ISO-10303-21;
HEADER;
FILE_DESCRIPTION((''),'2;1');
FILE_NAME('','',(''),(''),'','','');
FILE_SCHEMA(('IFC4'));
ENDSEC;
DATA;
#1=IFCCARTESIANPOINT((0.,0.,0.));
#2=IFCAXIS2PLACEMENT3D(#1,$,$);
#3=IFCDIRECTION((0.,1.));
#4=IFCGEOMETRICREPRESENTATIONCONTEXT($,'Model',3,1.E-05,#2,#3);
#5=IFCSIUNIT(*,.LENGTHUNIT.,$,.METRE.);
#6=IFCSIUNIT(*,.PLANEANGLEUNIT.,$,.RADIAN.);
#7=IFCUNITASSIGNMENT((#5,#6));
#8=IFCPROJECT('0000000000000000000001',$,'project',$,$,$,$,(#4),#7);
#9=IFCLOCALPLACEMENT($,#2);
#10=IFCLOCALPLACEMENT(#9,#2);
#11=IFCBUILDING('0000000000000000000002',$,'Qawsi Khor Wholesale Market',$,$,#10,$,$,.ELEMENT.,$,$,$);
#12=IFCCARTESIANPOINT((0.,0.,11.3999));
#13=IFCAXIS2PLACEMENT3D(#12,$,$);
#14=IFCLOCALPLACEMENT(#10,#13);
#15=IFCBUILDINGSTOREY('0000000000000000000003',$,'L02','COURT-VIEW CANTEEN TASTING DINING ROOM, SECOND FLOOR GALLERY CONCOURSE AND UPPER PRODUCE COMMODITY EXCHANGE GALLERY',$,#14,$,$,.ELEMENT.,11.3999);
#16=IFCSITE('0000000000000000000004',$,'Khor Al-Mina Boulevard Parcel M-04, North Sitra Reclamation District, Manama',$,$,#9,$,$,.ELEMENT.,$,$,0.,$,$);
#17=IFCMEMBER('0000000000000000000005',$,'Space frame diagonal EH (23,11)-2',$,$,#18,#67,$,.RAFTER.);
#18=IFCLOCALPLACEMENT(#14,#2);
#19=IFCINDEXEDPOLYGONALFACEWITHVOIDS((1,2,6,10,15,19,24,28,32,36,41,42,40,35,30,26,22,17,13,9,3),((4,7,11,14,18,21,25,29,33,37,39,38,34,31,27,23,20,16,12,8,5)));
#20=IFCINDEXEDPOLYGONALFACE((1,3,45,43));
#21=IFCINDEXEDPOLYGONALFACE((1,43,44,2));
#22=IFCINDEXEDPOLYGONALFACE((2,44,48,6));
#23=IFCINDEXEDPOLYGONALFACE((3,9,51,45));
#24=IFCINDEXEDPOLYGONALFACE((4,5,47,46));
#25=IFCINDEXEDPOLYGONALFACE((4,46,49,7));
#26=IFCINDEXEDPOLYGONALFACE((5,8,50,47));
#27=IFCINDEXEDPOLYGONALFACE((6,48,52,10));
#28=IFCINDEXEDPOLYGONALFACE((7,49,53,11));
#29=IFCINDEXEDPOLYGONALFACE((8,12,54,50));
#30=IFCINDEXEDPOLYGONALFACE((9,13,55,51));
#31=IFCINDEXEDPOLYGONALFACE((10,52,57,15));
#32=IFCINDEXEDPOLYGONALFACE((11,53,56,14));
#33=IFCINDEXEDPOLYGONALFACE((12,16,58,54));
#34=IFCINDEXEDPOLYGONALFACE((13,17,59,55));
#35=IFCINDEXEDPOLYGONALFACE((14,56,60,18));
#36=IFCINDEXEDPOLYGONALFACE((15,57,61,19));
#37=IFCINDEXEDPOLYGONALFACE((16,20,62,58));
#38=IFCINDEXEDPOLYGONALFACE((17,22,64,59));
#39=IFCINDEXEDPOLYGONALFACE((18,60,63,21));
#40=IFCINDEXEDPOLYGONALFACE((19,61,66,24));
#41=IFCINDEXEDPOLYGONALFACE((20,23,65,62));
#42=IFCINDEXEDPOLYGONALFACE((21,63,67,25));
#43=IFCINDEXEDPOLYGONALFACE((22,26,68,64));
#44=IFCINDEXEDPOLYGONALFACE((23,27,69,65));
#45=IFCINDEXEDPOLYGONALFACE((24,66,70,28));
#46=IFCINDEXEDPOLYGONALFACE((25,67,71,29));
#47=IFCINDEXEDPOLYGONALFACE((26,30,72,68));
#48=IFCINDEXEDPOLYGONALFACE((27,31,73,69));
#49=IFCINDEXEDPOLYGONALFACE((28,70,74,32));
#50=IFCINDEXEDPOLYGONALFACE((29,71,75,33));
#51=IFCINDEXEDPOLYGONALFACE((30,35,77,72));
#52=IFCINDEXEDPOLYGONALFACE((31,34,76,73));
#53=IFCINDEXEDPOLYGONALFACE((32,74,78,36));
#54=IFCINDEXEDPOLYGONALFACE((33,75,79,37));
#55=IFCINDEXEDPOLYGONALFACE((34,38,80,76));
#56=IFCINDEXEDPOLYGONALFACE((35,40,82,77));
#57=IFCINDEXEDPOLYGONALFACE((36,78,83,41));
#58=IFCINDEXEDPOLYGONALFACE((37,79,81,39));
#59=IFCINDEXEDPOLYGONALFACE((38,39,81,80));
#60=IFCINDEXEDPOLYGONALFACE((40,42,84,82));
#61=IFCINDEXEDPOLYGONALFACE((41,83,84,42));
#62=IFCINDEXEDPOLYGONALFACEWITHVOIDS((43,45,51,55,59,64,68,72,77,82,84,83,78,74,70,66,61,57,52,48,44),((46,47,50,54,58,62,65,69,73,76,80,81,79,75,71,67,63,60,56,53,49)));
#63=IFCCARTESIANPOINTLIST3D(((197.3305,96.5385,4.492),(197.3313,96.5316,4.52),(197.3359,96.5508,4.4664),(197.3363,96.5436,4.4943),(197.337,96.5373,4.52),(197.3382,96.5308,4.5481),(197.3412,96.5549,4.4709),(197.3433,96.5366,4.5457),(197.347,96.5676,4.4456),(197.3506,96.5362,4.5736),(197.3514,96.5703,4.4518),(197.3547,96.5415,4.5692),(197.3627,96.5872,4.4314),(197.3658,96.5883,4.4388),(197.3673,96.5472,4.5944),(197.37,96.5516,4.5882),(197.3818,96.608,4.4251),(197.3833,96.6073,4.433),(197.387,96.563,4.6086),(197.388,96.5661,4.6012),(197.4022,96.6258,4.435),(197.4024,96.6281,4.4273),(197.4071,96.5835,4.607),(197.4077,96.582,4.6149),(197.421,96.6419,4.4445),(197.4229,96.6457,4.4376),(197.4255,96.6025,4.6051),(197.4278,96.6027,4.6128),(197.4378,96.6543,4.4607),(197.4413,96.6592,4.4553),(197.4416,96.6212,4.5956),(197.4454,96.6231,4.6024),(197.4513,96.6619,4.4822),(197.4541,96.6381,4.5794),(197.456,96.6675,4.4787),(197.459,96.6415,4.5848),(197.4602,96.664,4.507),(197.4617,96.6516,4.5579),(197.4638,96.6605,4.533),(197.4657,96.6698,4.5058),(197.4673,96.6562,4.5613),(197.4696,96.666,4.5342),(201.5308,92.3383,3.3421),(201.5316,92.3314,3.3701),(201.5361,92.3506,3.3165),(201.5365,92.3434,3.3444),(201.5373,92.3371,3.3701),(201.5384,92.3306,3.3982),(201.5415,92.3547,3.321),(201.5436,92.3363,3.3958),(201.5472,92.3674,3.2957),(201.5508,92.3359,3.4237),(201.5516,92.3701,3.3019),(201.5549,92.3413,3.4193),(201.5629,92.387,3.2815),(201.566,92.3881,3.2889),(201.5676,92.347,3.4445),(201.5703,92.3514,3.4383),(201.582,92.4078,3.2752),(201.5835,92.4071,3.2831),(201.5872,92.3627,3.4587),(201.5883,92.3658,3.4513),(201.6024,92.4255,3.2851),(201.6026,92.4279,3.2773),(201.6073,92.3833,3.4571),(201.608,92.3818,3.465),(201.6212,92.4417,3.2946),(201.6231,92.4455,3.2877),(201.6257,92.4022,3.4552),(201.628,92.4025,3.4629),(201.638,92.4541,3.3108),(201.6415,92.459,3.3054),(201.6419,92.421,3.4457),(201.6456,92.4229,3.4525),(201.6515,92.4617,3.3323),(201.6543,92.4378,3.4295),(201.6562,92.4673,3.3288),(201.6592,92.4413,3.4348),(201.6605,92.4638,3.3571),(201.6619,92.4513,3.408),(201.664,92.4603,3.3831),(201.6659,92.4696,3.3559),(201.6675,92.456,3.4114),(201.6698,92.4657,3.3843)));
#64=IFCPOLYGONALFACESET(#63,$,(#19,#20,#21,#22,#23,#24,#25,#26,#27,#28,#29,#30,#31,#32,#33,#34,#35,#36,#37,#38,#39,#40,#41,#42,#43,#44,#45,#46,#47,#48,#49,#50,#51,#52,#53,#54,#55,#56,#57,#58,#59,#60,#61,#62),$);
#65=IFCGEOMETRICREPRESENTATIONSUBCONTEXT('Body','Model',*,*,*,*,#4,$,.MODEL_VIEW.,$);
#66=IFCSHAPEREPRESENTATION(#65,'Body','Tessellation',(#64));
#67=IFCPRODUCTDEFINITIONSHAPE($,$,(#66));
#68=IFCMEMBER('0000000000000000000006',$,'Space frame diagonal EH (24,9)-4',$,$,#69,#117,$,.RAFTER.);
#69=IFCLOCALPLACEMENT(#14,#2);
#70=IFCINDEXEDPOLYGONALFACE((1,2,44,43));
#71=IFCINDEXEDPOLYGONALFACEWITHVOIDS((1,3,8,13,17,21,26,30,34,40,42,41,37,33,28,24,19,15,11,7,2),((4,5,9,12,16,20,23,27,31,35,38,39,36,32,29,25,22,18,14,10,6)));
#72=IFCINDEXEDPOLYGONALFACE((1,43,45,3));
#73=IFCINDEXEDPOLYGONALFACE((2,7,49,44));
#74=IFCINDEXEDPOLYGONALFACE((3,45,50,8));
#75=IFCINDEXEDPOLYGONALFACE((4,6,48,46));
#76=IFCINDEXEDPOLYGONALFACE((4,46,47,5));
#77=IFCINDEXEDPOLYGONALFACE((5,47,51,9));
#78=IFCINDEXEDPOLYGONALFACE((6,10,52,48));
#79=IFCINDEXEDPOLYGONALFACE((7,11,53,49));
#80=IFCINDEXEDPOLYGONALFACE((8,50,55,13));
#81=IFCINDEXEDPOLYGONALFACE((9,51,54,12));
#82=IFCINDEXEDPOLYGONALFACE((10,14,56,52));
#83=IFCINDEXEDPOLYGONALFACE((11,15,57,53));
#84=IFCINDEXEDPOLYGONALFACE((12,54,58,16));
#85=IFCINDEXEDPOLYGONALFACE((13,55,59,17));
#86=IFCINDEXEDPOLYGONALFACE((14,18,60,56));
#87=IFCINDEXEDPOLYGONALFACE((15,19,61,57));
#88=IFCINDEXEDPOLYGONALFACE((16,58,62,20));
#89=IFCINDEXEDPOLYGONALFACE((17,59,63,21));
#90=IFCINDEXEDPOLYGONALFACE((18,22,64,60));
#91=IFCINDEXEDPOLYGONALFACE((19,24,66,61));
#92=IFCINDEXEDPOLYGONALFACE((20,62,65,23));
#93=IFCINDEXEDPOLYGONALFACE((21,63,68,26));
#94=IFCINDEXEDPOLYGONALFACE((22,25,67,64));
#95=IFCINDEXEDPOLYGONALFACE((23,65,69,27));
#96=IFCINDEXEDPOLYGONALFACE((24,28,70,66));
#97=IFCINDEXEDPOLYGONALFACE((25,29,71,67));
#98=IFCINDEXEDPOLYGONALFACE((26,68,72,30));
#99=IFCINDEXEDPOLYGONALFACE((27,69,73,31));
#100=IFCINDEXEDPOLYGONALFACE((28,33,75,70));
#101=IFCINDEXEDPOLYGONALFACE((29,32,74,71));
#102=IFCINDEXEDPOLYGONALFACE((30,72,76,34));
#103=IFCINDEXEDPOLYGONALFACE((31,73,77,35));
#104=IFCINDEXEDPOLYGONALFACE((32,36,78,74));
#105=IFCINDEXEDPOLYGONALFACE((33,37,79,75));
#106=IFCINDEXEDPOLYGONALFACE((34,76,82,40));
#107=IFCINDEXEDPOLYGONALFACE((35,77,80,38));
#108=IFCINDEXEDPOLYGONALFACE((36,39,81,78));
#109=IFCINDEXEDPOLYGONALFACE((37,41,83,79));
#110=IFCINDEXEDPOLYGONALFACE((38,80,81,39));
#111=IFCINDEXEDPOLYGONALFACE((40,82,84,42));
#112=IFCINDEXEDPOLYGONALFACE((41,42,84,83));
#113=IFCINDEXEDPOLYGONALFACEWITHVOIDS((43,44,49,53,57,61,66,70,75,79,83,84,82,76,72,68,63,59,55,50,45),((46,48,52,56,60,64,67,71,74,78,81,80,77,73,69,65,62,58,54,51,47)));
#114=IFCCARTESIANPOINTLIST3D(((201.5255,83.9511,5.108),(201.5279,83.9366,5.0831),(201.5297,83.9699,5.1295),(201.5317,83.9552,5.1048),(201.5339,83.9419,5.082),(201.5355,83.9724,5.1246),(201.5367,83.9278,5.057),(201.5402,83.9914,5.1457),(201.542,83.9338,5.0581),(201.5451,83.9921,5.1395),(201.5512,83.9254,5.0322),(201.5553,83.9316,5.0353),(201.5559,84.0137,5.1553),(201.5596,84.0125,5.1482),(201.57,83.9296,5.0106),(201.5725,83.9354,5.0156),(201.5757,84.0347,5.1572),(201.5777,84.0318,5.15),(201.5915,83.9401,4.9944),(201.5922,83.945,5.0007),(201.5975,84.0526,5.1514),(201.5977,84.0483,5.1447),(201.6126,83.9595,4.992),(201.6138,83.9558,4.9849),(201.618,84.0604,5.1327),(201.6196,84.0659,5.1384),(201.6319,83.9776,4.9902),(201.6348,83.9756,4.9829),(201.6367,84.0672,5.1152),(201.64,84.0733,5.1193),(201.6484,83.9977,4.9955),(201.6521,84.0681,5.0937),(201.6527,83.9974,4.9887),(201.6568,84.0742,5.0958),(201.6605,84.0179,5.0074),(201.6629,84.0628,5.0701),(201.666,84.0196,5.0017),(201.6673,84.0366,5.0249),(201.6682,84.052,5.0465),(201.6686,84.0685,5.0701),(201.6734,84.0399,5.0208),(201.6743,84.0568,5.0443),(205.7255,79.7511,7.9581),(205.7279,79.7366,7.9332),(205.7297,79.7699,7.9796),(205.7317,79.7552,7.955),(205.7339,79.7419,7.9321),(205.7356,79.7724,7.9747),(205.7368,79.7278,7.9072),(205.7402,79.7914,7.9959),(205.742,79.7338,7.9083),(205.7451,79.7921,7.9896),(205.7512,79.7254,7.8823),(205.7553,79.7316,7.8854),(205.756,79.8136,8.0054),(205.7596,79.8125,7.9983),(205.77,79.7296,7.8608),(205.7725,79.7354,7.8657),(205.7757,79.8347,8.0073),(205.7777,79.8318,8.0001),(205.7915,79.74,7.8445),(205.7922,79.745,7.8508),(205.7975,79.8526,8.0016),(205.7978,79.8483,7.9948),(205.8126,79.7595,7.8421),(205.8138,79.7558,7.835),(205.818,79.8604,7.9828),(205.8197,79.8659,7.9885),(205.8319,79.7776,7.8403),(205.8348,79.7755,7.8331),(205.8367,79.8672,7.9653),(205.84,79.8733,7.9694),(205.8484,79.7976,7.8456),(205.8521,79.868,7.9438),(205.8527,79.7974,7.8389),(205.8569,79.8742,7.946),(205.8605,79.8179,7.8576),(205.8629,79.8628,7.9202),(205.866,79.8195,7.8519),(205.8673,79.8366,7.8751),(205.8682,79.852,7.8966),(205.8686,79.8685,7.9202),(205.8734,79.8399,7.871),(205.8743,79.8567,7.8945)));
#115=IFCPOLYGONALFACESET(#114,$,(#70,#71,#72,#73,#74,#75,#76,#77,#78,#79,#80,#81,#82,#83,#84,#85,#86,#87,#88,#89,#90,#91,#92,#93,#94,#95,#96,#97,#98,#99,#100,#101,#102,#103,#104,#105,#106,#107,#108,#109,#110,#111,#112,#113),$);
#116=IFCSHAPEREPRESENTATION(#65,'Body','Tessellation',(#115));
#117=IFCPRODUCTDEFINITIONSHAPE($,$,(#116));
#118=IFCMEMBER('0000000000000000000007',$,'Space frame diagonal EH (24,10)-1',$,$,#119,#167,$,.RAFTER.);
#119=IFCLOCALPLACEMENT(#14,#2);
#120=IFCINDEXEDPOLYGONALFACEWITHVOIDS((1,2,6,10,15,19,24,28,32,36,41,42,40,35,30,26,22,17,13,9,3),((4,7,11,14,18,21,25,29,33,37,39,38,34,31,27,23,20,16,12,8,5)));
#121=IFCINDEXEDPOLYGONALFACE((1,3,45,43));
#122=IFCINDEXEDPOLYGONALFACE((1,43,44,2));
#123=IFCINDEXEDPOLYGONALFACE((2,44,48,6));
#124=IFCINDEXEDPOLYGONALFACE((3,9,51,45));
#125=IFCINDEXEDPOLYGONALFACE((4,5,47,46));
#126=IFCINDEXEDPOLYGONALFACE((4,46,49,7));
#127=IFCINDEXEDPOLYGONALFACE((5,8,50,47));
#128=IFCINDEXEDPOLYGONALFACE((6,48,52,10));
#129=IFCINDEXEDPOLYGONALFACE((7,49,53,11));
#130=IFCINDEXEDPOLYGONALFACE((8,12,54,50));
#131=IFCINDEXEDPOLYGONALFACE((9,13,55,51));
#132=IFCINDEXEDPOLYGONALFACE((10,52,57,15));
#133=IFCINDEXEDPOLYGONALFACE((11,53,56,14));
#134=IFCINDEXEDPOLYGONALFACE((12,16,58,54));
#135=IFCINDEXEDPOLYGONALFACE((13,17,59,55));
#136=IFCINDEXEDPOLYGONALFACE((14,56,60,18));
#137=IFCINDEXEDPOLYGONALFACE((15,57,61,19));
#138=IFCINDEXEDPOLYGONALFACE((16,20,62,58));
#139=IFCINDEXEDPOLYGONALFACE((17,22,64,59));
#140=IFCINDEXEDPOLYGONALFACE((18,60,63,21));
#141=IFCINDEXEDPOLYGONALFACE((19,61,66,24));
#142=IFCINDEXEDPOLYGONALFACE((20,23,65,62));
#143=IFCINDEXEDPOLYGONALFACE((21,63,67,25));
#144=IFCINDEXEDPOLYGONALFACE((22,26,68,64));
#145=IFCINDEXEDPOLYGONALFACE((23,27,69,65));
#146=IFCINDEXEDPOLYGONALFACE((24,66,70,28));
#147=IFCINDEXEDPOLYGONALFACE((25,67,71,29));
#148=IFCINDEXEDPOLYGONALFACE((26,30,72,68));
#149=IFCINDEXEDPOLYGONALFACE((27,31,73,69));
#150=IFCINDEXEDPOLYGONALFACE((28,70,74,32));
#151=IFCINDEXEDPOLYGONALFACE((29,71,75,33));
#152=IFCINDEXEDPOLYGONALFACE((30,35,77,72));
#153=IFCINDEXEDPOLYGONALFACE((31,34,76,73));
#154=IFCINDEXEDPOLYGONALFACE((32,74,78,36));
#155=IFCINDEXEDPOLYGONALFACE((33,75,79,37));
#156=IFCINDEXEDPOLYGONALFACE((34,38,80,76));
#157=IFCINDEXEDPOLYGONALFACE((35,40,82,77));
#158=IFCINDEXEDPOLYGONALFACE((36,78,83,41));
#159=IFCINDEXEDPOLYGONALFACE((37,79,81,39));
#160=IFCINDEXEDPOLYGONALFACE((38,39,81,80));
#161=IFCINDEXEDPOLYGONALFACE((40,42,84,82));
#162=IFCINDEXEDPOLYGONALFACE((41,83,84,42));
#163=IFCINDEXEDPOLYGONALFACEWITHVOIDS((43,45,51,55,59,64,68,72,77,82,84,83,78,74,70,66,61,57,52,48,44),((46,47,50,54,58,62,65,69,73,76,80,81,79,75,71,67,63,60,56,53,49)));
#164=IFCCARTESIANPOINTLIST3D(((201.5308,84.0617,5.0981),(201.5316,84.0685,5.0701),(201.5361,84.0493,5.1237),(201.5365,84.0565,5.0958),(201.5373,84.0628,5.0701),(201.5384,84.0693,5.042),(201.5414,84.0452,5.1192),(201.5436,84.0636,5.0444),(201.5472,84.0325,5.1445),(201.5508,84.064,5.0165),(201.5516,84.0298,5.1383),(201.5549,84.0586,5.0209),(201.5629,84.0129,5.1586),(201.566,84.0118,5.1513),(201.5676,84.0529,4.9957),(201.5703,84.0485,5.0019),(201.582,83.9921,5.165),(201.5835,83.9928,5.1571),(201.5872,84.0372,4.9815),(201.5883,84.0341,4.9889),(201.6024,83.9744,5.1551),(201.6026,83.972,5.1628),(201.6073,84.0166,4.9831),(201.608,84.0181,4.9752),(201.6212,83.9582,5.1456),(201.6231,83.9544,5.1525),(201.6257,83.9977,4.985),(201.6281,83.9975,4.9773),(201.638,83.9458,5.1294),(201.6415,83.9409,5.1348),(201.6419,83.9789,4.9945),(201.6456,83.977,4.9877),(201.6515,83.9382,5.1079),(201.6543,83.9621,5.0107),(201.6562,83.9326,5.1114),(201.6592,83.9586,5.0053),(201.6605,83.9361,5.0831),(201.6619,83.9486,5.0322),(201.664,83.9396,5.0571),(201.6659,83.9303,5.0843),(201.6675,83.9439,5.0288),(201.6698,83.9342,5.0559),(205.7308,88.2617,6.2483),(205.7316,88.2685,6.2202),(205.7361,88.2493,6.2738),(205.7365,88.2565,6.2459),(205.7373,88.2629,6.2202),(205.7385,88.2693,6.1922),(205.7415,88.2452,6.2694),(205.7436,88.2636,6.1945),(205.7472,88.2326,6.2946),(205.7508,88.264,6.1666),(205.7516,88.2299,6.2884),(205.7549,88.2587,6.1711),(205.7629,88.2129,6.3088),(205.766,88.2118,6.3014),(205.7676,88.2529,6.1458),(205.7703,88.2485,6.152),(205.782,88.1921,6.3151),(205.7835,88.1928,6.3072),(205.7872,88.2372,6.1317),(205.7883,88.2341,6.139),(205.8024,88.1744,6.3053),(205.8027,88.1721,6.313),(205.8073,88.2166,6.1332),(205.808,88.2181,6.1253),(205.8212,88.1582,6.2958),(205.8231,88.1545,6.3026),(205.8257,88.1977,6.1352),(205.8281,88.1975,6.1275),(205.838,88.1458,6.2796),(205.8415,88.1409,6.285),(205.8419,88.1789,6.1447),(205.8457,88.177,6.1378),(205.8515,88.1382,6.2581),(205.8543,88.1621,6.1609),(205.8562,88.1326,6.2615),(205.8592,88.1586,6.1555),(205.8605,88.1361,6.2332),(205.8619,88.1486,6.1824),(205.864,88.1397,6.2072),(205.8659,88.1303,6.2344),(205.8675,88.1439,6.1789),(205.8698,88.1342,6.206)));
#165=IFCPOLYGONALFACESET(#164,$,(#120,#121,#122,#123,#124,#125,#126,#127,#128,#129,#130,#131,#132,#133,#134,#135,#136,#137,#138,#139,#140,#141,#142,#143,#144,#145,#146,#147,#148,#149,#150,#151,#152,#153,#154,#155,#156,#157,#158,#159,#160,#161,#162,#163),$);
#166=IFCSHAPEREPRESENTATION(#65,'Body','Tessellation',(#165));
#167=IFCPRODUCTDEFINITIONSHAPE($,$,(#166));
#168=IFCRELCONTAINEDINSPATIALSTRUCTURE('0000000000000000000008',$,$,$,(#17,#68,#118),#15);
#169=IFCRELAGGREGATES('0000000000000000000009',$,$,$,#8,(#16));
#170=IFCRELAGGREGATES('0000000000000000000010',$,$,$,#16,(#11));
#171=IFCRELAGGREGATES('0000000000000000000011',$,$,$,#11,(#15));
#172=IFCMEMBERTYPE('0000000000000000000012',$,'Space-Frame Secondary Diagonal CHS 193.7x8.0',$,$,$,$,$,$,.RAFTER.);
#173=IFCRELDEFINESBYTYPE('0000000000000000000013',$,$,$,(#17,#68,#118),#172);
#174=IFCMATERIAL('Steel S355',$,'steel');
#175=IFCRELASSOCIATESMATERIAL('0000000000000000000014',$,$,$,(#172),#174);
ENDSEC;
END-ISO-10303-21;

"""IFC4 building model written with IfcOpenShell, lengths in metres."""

from ifc_helpers import new_model, si_unit, direction, frame, origin, origin_2d, place, context, subcontext, project, spatial, hollow_circle, extrude, material, material_profile, profile_set, type_object, element, save


model = new_model("IFC4")

# Units and contexts
model_context = context("Model", 3, precision=1e-05, world=origin(), true_north=direction((0.0, 1.0)))
body_context = subcontext(model_context, "Body", "Model", "MODEL_VIEW")
ifc_project = project(units=[si_unit("LENGTHUNIT", "METRE"), si_unit("PLANEANGLEUNIT", "RADIAN")], contexts=[model_context])

# Site, building, storey
site_placement = place(None, origin())
site = spatial("IfcSite", under=ifc_project, at=site_placement, Name="Khor Al-Mina Boulevard Parcel M-04, North Sitra Reclamation District, Manama", CompositionType="ELEMENT", RefElevation=0.0)
building_placement = place(site_placement, origin())
building = spatial("IfcBuilding", under=site, at=building_placement, Name="Qawsi Khor Wholesale Market", CompositionType="ELEMENT")
storey_placement = place(building_placement, frame((0.0, 0.0, 11.3999)))
storey = spatial("IfcBuildingStorey", under=building, at=storey_placement, Name="L02", Description="COURT-VIEW CANTEEN TASTING DINING ROOM, SECOND FLOOR GALLERY CONCOURSE AND UPPER PRODUCE COMMODITY EXCHANGE GALLERY", CompositionType="ELEMENT", Elevation=11.3999)

# Members
ifc_material_1 = material(Name="Steel S355", Category="steel")
ifc_material_profile_1 = material_profile(ifc_material_1, hollow_circle(Radius=0.0969, WallThickness=0.0081, at=origin_2d()), Name="CHS 193.7x8.0")
ifc_profile_set_1 = profile_set([ifc_material_profile_1], Name="Steel S355")
member_type_1 = type_object("IfcMemberType", Name="Space-Frame Secondary Diagonal CHS 193.7x8.0", PredefinedType="RAFTER", material=ifc_profile_set_1)
member_1_placement = place(storey_placement, frame((201.6001, 92.3999, 3.3701), z_axis=(-0.694218, 0.694218, 0.190059), x_axis=(-0.707107, -0.707107, 0.0)))
element("IfcMember", 1, at=member_1_placement, inside=storey, type_object=member_type_1, Name="Space frame diagonal EH (23,11)-2", PredefinedType="RAFTER", context=body_context, shape_type="SweptSolid", body=[
    extrude(hollow_circle(Radius=0.0969, WallThickness=0.0081, at=origin_2d()), origin(), (0.0, 0.0, 1.0), 6.0503),
])
member_2_placement = place(storey_placement, frame((201.6001, 84.0, 5.0701), z_axis=(0.637512, -0.637512, 0.432617), x_axis=(0.707107, 0.707107, 0.0)))
element("IfcMember", 2, at=member_2_placement, inside=storey, type_object=member_type_1, Name="Space frame diagonal EH (24,9)-4", PredefinedType="RAFTER", context=body_context, shape_type="SweptSolid", body=[
    extrude(hollow_circle(Radius=0.0969, WallThickness=0.0081, at=origin_2d()), origin(), (0.0, 0.0, 1.0), 6.5881),
])
member_3_placement = place(storey_placement, frame((201.6001, 84.0, 5.0701), z_axis=(0.694211, 0.694211, 0.190108), x_axis=(-0.707107, 0.707107, 0.0)))
element("IfcMember", 3, at=member_3_placement, inside=storey, type_object=member_type_1, Name="Space frame diagonal EH (24,10)-1", PredefinedType="RAFTER", context=body_context, shape_type="SweptSolid", body=[
    extrude(hollow_circle(Radius=0.0969, WallThickness=0.0081, at=origin_2d()), origin(), (0.0, 0.0, 1.0), 6.05),
])

save(model, "model.ifc")
